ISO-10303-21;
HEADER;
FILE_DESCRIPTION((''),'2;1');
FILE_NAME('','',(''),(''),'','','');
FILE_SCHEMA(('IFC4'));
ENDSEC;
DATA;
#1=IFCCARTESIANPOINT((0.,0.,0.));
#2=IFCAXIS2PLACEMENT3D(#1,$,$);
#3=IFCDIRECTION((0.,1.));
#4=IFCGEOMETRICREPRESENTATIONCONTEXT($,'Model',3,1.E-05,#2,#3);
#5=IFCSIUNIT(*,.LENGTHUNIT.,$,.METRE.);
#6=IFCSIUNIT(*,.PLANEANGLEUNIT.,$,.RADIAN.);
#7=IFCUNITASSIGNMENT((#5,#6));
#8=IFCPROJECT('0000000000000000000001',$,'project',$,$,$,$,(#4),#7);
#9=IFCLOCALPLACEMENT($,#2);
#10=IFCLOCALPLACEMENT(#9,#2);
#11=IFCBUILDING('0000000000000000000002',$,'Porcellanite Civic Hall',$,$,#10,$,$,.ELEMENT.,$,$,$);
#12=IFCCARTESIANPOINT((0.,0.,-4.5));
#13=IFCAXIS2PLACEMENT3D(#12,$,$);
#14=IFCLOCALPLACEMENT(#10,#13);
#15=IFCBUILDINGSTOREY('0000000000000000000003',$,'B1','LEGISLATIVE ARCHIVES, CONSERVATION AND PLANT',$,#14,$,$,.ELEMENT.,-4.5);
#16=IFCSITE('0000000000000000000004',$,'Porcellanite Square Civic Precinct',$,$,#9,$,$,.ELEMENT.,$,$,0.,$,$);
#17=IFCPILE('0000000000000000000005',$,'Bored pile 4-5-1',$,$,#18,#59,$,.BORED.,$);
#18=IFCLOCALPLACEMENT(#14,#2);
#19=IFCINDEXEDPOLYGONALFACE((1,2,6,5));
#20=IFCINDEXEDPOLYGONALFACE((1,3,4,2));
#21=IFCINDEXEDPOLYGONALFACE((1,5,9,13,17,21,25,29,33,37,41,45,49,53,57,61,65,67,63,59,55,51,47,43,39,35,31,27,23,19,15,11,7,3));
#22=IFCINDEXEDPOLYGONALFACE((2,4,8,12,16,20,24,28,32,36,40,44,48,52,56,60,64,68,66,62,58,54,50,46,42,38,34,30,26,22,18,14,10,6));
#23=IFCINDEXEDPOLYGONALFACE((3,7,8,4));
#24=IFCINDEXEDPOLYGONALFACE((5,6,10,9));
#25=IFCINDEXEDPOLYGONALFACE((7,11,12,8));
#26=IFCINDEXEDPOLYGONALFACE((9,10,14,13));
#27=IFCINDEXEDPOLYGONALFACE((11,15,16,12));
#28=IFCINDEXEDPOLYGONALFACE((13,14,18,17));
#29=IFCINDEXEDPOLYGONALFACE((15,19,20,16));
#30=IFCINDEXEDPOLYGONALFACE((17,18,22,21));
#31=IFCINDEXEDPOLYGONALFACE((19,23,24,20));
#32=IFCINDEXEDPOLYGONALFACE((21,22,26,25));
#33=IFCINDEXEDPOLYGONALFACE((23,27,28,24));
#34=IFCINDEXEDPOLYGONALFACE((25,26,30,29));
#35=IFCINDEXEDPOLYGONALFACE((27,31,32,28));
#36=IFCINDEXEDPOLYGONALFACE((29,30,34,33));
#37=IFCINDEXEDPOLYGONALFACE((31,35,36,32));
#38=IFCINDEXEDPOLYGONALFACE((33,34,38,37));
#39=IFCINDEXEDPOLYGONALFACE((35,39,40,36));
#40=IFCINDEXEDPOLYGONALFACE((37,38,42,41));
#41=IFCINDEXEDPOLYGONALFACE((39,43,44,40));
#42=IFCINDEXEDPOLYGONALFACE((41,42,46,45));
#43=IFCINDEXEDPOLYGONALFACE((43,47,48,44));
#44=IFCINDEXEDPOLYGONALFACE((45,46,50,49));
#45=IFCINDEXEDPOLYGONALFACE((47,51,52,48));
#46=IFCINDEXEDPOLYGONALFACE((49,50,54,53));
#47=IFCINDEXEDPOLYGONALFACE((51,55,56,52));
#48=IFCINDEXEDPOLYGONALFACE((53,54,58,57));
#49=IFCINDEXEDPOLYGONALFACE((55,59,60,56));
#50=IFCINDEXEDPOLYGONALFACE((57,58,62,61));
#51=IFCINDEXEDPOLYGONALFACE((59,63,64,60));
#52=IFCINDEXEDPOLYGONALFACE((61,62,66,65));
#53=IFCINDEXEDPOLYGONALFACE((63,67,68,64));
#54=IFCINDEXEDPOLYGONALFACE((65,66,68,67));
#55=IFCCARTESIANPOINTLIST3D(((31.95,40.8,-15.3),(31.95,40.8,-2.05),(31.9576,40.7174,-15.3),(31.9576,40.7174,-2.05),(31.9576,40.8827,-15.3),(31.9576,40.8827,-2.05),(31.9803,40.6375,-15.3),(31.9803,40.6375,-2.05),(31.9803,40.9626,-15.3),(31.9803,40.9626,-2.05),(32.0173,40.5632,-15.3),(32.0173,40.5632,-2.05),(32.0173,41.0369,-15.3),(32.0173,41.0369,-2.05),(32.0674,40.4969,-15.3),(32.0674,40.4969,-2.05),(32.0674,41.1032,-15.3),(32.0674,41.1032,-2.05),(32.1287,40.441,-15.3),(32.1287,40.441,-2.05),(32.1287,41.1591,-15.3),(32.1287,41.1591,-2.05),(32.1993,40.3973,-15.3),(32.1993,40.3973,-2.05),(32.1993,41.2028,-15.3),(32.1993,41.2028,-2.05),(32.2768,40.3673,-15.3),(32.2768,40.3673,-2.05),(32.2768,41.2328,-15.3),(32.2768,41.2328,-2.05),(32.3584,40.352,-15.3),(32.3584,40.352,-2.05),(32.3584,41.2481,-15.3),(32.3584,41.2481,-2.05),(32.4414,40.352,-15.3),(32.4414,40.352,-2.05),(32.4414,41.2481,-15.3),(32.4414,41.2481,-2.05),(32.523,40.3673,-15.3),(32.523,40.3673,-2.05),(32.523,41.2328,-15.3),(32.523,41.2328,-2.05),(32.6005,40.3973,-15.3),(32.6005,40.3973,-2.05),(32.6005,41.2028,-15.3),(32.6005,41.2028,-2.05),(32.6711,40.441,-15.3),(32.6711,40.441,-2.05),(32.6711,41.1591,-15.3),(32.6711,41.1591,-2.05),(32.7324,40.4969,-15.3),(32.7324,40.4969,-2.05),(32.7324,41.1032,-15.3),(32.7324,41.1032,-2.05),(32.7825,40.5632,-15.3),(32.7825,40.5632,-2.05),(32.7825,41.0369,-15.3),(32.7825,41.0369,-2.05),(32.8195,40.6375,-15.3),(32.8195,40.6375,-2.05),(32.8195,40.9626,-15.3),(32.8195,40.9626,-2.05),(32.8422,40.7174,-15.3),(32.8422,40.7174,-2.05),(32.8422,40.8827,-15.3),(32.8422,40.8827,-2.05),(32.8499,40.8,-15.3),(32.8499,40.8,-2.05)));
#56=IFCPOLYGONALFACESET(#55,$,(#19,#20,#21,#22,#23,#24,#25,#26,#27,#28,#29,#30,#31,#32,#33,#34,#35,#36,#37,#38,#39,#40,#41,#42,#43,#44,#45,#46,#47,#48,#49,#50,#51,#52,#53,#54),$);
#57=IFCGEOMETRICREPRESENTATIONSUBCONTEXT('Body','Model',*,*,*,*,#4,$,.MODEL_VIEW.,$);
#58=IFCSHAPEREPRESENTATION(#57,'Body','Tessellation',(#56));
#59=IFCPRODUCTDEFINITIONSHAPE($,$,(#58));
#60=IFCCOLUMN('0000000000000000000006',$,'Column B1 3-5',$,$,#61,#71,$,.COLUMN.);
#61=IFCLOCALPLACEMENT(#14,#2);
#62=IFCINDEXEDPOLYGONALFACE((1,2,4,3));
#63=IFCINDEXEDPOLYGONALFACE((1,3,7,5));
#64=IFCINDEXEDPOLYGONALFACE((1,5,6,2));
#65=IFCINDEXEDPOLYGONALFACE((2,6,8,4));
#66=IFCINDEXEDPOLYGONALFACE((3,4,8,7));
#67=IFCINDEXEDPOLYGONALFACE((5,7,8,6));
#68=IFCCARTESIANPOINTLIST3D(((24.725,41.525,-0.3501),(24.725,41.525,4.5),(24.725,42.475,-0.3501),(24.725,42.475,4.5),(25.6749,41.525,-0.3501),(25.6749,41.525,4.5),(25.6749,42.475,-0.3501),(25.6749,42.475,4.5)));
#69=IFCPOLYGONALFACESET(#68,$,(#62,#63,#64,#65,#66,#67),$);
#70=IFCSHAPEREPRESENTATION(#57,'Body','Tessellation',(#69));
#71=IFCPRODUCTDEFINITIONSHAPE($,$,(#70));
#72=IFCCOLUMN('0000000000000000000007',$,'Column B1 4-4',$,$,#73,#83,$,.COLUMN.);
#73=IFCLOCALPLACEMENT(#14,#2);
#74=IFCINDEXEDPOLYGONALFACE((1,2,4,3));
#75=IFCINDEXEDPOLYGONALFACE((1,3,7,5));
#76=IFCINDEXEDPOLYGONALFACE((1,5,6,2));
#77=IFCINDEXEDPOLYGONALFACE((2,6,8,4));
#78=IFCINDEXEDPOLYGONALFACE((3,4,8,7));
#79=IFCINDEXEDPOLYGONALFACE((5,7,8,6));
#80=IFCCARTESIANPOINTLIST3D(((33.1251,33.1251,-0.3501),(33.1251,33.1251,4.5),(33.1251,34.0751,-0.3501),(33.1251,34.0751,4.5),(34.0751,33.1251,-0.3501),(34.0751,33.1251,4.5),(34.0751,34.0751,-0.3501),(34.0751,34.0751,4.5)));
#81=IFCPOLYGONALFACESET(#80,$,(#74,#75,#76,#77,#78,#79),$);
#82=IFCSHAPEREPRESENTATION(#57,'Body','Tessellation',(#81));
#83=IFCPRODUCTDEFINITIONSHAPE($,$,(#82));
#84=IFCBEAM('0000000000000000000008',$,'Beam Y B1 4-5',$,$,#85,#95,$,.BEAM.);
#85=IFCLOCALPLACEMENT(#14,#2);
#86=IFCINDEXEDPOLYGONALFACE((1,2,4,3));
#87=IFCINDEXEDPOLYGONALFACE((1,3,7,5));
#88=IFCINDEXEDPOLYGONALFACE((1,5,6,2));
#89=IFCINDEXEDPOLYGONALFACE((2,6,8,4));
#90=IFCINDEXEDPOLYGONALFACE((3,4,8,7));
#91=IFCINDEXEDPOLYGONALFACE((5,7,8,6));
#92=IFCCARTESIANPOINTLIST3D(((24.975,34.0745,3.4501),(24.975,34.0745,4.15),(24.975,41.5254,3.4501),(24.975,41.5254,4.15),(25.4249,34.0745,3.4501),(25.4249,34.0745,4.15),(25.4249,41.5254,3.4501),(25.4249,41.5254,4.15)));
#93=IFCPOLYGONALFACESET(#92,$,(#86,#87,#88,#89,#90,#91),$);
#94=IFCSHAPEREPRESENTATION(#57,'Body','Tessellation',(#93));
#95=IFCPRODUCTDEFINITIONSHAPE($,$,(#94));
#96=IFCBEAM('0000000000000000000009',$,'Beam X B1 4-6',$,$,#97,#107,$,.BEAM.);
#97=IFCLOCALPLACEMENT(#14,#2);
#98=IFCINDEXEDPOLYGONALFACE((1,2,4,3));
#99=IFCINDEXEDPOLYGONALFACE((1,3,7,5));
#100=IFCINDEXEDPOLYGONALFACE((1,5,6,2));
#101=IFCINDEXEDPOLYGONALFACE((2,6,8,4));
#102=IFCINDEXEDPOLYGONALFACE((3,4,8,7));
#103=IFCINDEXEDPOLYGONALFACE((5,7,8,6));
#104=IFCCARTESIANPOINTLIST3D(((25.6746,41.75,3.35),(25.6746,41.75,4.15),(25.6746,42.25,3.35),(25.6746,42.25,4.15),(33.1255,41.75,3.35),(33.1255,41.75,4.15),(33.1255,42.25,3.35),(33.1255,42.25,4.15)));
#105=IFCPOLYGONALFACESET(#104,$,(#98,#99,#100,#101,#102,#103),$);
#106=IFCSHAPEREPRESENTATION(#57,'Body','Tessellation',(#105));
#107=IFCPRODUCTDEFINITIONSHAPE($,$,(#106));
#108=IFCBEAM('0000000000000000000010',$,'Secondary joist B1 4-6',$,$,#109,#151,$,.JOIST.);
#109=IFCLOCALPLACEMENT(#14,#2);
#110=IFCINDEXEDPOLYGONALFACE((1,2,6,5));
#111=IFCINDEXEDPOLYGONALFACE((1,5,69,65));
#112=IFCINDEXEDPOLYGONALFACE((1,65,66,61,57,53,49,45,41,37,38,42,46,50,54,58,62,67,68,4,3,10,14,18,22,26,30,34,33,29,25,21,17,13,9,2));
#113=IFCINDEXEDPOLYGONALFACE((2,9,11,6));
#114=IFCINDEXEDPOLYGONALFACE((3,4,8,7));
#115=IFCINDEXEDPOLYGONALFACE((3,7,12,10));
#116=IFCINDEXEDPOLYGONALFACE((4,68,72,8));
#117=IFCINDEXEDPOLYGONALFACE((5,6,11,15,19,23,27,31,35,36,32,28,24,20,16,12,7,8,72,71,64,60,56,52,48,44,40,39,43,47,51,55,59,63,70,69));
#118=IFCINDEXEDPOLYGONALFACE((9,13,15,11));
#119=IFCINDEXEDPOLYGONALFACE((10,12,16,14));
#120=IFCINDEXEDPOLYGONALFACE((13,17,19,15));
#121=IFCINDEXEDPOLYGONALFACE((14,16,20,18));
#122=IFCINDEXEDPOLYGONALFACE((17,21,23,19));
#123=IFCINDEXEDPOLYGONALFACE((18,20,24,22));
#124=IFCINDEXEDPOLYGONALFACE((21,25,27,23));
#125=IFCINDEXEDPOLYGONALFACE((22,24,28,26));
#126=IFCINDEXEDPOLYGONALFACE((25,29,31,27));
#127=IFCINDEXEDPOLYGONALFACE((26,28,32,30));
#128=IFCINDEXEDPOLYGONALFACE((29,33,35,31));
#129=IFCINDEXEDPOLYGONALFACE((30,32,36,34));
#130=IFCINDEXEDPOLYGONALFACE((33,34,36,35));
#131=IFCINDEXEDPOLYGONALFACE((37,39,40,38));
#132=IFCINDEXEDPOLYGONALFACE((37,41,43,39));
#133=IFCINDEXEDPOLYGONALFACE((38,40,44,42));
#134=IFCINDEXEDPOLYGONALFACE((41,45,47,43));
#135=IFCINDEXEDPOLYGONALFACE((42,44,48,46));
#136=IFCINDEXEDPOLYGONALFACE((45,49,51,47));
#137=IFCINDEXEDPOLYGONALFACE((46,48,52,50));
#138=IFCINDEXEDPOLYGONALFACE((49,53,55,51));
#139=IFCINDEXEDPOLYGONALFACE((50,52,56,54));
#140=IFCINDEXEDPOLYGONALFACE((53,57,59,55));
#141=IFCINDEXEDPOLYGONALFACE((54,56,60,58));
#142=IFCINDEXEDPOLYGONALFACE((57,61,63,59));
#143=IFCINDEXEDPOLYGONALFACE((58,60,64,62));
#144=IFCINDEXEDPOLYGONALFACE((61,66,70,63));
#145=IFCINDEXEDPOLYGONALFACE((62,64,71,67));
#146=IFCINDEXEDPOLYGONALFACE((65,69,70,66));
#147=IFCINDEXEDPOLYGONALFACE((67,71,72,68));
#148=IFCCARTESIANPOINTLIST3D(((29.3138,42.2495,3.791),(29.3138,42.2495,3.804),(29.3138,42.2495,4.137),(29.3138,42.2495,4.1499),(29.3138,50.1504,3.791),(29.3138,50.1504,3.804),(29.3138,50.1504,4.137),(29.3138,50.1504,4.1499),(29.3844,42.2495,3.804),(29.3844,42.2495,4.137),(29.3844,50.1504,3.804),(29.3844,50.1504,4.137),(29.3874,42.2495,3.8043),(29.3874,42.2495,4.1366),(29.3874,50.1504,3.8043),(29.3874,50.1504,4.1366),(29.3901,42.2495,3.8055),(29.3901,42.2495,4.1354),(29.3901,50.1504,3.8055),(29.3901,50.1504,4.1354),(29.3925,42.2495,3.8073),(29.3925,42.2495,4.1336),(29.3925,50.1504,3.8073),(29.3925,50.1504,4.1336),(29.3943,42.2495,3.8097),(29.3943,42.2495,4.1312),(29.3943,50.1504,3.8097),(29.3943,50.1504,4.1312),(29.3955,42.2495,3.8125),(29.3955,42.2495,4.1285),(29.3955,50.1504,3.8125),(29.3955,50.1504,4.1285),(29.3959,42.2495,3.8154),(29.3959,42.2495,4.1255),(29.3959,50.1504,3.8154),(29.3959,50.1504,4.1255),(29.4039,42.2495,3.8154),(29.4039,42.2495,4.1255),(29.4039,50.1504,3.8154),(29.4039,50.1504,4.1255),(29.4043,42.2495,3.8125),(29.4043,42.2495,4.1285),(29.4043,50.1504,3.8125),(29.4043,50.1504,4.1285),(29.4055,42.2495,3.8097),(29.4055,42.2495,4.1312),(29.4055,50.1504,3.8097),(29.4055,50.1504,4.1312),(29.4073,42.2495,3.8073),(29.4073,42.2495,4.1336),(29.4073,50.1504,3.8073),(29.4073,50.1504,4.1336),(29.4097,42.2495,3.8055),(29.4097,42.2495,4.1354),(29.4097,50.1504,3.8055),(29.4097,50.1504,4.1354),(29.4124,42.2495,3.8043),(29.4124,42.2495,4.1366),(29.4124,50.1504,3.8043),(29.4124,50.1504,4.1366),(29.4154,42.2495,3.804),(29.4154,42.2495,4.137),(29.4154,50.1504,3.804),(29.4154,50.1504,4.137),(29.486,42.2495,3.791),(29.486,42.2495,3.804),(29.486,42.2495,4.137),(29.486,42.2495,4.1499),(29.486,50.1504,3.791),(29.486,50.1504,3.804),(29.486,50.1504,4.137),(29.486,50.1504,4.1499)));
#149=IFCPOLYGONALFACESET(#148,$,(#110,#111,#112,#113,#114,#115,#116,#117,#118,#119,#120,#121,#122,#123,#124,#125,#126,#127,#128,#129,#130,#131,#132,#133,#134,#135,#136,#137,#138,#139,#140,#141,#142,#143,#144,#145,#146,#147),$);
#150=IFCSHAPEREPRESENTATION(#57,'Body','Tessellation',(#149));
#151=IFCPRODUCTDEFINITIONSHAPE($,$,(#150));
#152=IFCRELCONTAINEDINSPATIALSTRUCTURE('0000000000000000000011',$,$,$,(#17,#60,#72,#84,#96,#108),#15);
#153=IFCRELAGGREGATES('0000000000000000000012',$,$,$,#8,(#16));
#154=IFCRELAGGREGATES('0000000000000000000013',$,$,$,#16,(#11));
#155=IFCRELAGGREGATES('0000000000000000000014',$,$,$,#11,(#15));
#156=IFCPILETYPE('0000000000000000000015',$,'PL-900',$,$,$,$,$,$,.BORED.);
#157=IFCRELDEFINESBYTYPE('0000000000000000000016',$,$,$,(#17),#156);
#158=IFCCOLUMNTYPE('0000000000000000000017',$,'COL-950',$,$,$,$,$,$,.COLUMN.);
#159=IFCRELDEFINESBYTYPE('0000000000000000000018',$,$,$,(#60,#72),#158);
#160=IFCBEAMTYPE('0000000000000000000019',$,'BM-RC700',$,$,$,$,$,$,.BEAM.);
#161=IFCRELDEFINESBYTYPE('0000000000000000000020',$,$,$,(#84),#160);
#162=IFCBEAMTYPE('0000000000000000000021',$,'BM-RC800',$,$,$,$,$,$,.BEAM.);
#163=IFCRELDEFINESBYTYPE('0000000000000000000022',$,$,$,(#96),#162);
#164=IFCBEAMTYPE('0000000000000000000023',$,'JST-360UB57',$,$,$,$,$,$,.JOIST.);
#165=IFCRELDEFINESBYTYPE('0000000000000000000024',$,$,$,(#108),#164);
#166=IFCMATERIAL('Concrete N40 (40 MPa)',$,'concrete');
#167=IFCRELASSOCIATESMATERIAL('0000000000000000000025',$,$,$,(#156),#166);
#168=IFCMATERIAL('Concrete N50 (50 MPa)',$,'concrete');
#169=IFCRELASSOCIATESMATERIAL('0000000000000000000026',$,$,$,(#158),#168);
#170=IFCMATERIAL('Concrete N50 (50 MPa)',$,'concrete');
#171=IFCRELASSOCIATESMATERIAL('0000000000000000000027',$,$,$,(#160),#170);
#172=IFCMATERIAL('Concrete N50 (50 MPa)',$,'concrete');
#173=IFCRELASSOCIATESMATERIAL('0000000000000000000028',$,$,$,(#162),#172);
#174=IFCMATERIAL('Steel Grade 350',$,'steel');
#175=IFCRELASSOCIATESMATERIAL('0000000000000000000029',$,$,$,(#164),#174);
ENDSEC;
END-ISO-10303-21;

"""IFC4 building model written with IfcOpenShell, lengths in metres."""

from ifc_helpers import new_model, si_unit, direction, frame, origin, origin_2d, place, context, subcontext, project, spatial, rectangle, circle, i_section, extrude, material, material_profile, profile_set, type_object, element, save


model = new_model("IFC4")

# Units and contexts
model_context = context("Model", 3, precision=1e-05, world=origin(), true_north=direction((0.0, 1.0)))
body_context = subcontext(model_context, "Body", "Model", "MODEL_VIEW")
ifc_project = project(units=[si_unit("LENGTHUNIT", "METRE"), si_unit("PLANEANGLEUNIT", "RADIAN")], contexts=[model_context])

# Site, building, storey
site_placement = place(None, origin())
site = spatial("IfcSite", under=ifc_project, at=site_placement, Name="Porcellanite Square Civic Precinct", CompositionType="ELEMENT", RefElevation=0.0)
building_placement = place(site_placement, origin())
building = spatial("IfcBuilding", under=site, at=building_placement, Name="Porcellanite Civic Hall", CompositionType="ELEMENT")
storey_placement = place(building_placement, frame((0.0, 0.0, -4.5)))
storey = spatial("IfcBuildingStorey", under=building, at=storey_placement, Name="B1", Description="LEGISLATIVE ARCHIVES, CONSERVATION AND PLANT", CompositionType="ELEMENT", Elevation=-4.5)

# Pile
ifc_material_1 = material(Name="Concrete N40 (40 MPa)", Category="concrete")
ifc_material_profile_1 = material_profile(ifc_material_1, circle(Radius=0.45, at=origin_2d()), Name="PILE-D900")
ifc_profile_set_1 = profile_set([ifc_material_profile_1], Name="Concrete N40 (40 MPa)")
pile_type = type_object("IfcPileType", Name="PL-900", PredefinedType="BORED", material=ifc_profile_set_1)
for number, where, z_axis, x_axis, name in (
    (1, (32.3999, 40.8, -2.05), (0.0, 0.0, -1.0), (1.0, 0.0, 0.0), "Bored pile 4-5-1"),
):
    element("IfcPile", number, at=place(storey_placement, frame(where, z_axis=z_axis, x_axis=x_axis)), inside=storey, type_object=pile_type, Name=name, PredefinedType="BORED", context=body_context, shape_type="SweptSolid", body=[
        extrude(circle(Radius=0.45, at=origin_2d()), origin(), (0.0, 0.0, 1.0), 13.25),
    ])

# Columns
ifc_material_2 = material(Name="Concrete N50 (50 MPa)", Category="concrete")
ifc_material_profile_2 = material_profile(ifc_material_2, rectangle(XDim=0.95, YDim=0.95, at=origin_2d()), Name="RC-950x950")
ifc_profile_set_2 = profile_set([ifc_material_profile_2], Name="Concrete N50 (50 MPa)")
column_type = type_object("IfcColumnType", Name="COL-950", PredefinedType="COLUMN", material=ifc_profile_set_2)
for number, where, z_axis, x_axis, name in (
    (2, (25.2, 42.0, -0.3501), (0.0, 0.0, 1.0), (1.0, 0.0, 0.0), "Column B1 3-5"),
    (3, (33.6001, 33.6001, -0.3501), (0.0, 0.0, 1.0), (1.0, 0.0, 0.0), "Column B1 4-4"),
):
    element("IfcColumn", number, at=place(storey_placement, frame(where, z_axis=z_axis, x_axis=x_axis)), inside=storey, type_object=column_type, Name=name, PredefinedType="COLUMN", context=body_context, shape_type="SweptSolid", body=[
        extrude(rectangle(XDim=0.95, YDim=0.95, at=origin_2d()), origin(), (0.0, 0.0, 1.0), 4.8501),
    ])

# Beams
ifc_material_3 = material(Name="Concrete N50 (50 MPa)", Category="concrete")
ifc_material_profile_3 = material_profile(ifc_material_3, rectangle(XDim=0.45, YDim=0.7, at=origin_2d()), Name="RC-450x700")
ifc_profile_set_3 = profile_set([ifc_material_profile_3], Name="Concrete N50 (50 MPa)")
beam_type_1 = type_object("IfcBeamType", Name="BM-RC700", PredefinedType="BEAM", material=ifc_profile_set_3)
beam_1_placement = place(storey_placement, frame((25.2, 34.0745, 3.8), z_axis=(0.0, 1.0, 0.0), x_axis=(-1.0, 0.0, 0.0)))
element("IfcBeam", 4, at=beam_1_placement, inside=storey, type_object=beam_type_1, Name="Beam Y B1 4-5", PredefinedType="BEAM", context=body_context, shape_type="SweptSolid", body=[
    extrude(rectangle(XDim=0.45, YDim=0.7, at=origin_2d()), origin(), (0.0, 0.0, 1.0), 7.4509),
])
ifc_material_4 = material(Name="Concrete N50 (50 MPa)", Category="concrete")
ifc_material_profile_4 = material_profile(ifc_material_4, rectangle(XDim=0.5, YDim=0.8, at=origin_2d()), Name="RC-500x800")
ifc_profile_set_4 = profile_set([ifc_material_profile_4], Name="Concrete N50 (50 MPa)")
beam_type_2 = type_object("IfcBeamType", Name="BM-RC800", PredefinedType="BEAM", material=ifc_profile_set_4)
beam_2_placement = place(storey_placement, frame((25.6746, 42.0, 3.75), z_axis=(1.0, 0.0, 0.0), x_axis=(0.0, 1.0, 0.0)))
element("IfcBeam", 5, at=beam_2_placement, inside=storey, type_object=beam_type_2, Name="Beam X B1 4-6", PredefinedType="BEAM", context=body_context, shape_type="SweptSolid", body=[
    extrude(rectangle(XDim=0.5, YDim=0.8, at=origin_2d()), origin(), (0.0, 0.0, 1.0), 7.4509),
])
ifc_material_5 = material(Name="Steel Grade 350", Category="steel")
ifc_material_profile_5 = material_profile(ifc_material_5, i_section(OverallWidth=0.1721, OverallDepth=0.3589, WebThickness=0.0081, FlangeThickness=0.0129, FilletRadius=0.0115, at=origin_2d()), Name="360UB56.7")
ifc_profile_set_5 = profile_set([ifc_material_profile_5], Name="Steel Grade 350")
beam_type_3 = type_object("IfcBeamType", Name="JST-360UB57", PredefinedType="JOIST", material=ifc_profile_set_5)
beam_3_placement = place(storey_placement, frame((29.3999, 42.2495, 3.9705), z_axis=(0.0, 1.0, 0.0), x_axis=(-1.0, 0.0, 0.0)))
element("IfcBeam", 6, at=beam_3_placement, inside=storey, type_object=beam_type_3, Name="Secondary joist B1 4-6", PredefinedType="JOIST", context=body_context, shape_type="SweptSolid", body=[
    extrude(i_section(OverallWidth=0.1721, OverallDepth=0.3589, WebThickness=0.0081, FlangeThickness=0.0129, FilletRadius=0.0115, at=origin_2d()), origin(), (0.0, 0.0, 1.0), 7.9009),
])

save(model, "model.ifc")
